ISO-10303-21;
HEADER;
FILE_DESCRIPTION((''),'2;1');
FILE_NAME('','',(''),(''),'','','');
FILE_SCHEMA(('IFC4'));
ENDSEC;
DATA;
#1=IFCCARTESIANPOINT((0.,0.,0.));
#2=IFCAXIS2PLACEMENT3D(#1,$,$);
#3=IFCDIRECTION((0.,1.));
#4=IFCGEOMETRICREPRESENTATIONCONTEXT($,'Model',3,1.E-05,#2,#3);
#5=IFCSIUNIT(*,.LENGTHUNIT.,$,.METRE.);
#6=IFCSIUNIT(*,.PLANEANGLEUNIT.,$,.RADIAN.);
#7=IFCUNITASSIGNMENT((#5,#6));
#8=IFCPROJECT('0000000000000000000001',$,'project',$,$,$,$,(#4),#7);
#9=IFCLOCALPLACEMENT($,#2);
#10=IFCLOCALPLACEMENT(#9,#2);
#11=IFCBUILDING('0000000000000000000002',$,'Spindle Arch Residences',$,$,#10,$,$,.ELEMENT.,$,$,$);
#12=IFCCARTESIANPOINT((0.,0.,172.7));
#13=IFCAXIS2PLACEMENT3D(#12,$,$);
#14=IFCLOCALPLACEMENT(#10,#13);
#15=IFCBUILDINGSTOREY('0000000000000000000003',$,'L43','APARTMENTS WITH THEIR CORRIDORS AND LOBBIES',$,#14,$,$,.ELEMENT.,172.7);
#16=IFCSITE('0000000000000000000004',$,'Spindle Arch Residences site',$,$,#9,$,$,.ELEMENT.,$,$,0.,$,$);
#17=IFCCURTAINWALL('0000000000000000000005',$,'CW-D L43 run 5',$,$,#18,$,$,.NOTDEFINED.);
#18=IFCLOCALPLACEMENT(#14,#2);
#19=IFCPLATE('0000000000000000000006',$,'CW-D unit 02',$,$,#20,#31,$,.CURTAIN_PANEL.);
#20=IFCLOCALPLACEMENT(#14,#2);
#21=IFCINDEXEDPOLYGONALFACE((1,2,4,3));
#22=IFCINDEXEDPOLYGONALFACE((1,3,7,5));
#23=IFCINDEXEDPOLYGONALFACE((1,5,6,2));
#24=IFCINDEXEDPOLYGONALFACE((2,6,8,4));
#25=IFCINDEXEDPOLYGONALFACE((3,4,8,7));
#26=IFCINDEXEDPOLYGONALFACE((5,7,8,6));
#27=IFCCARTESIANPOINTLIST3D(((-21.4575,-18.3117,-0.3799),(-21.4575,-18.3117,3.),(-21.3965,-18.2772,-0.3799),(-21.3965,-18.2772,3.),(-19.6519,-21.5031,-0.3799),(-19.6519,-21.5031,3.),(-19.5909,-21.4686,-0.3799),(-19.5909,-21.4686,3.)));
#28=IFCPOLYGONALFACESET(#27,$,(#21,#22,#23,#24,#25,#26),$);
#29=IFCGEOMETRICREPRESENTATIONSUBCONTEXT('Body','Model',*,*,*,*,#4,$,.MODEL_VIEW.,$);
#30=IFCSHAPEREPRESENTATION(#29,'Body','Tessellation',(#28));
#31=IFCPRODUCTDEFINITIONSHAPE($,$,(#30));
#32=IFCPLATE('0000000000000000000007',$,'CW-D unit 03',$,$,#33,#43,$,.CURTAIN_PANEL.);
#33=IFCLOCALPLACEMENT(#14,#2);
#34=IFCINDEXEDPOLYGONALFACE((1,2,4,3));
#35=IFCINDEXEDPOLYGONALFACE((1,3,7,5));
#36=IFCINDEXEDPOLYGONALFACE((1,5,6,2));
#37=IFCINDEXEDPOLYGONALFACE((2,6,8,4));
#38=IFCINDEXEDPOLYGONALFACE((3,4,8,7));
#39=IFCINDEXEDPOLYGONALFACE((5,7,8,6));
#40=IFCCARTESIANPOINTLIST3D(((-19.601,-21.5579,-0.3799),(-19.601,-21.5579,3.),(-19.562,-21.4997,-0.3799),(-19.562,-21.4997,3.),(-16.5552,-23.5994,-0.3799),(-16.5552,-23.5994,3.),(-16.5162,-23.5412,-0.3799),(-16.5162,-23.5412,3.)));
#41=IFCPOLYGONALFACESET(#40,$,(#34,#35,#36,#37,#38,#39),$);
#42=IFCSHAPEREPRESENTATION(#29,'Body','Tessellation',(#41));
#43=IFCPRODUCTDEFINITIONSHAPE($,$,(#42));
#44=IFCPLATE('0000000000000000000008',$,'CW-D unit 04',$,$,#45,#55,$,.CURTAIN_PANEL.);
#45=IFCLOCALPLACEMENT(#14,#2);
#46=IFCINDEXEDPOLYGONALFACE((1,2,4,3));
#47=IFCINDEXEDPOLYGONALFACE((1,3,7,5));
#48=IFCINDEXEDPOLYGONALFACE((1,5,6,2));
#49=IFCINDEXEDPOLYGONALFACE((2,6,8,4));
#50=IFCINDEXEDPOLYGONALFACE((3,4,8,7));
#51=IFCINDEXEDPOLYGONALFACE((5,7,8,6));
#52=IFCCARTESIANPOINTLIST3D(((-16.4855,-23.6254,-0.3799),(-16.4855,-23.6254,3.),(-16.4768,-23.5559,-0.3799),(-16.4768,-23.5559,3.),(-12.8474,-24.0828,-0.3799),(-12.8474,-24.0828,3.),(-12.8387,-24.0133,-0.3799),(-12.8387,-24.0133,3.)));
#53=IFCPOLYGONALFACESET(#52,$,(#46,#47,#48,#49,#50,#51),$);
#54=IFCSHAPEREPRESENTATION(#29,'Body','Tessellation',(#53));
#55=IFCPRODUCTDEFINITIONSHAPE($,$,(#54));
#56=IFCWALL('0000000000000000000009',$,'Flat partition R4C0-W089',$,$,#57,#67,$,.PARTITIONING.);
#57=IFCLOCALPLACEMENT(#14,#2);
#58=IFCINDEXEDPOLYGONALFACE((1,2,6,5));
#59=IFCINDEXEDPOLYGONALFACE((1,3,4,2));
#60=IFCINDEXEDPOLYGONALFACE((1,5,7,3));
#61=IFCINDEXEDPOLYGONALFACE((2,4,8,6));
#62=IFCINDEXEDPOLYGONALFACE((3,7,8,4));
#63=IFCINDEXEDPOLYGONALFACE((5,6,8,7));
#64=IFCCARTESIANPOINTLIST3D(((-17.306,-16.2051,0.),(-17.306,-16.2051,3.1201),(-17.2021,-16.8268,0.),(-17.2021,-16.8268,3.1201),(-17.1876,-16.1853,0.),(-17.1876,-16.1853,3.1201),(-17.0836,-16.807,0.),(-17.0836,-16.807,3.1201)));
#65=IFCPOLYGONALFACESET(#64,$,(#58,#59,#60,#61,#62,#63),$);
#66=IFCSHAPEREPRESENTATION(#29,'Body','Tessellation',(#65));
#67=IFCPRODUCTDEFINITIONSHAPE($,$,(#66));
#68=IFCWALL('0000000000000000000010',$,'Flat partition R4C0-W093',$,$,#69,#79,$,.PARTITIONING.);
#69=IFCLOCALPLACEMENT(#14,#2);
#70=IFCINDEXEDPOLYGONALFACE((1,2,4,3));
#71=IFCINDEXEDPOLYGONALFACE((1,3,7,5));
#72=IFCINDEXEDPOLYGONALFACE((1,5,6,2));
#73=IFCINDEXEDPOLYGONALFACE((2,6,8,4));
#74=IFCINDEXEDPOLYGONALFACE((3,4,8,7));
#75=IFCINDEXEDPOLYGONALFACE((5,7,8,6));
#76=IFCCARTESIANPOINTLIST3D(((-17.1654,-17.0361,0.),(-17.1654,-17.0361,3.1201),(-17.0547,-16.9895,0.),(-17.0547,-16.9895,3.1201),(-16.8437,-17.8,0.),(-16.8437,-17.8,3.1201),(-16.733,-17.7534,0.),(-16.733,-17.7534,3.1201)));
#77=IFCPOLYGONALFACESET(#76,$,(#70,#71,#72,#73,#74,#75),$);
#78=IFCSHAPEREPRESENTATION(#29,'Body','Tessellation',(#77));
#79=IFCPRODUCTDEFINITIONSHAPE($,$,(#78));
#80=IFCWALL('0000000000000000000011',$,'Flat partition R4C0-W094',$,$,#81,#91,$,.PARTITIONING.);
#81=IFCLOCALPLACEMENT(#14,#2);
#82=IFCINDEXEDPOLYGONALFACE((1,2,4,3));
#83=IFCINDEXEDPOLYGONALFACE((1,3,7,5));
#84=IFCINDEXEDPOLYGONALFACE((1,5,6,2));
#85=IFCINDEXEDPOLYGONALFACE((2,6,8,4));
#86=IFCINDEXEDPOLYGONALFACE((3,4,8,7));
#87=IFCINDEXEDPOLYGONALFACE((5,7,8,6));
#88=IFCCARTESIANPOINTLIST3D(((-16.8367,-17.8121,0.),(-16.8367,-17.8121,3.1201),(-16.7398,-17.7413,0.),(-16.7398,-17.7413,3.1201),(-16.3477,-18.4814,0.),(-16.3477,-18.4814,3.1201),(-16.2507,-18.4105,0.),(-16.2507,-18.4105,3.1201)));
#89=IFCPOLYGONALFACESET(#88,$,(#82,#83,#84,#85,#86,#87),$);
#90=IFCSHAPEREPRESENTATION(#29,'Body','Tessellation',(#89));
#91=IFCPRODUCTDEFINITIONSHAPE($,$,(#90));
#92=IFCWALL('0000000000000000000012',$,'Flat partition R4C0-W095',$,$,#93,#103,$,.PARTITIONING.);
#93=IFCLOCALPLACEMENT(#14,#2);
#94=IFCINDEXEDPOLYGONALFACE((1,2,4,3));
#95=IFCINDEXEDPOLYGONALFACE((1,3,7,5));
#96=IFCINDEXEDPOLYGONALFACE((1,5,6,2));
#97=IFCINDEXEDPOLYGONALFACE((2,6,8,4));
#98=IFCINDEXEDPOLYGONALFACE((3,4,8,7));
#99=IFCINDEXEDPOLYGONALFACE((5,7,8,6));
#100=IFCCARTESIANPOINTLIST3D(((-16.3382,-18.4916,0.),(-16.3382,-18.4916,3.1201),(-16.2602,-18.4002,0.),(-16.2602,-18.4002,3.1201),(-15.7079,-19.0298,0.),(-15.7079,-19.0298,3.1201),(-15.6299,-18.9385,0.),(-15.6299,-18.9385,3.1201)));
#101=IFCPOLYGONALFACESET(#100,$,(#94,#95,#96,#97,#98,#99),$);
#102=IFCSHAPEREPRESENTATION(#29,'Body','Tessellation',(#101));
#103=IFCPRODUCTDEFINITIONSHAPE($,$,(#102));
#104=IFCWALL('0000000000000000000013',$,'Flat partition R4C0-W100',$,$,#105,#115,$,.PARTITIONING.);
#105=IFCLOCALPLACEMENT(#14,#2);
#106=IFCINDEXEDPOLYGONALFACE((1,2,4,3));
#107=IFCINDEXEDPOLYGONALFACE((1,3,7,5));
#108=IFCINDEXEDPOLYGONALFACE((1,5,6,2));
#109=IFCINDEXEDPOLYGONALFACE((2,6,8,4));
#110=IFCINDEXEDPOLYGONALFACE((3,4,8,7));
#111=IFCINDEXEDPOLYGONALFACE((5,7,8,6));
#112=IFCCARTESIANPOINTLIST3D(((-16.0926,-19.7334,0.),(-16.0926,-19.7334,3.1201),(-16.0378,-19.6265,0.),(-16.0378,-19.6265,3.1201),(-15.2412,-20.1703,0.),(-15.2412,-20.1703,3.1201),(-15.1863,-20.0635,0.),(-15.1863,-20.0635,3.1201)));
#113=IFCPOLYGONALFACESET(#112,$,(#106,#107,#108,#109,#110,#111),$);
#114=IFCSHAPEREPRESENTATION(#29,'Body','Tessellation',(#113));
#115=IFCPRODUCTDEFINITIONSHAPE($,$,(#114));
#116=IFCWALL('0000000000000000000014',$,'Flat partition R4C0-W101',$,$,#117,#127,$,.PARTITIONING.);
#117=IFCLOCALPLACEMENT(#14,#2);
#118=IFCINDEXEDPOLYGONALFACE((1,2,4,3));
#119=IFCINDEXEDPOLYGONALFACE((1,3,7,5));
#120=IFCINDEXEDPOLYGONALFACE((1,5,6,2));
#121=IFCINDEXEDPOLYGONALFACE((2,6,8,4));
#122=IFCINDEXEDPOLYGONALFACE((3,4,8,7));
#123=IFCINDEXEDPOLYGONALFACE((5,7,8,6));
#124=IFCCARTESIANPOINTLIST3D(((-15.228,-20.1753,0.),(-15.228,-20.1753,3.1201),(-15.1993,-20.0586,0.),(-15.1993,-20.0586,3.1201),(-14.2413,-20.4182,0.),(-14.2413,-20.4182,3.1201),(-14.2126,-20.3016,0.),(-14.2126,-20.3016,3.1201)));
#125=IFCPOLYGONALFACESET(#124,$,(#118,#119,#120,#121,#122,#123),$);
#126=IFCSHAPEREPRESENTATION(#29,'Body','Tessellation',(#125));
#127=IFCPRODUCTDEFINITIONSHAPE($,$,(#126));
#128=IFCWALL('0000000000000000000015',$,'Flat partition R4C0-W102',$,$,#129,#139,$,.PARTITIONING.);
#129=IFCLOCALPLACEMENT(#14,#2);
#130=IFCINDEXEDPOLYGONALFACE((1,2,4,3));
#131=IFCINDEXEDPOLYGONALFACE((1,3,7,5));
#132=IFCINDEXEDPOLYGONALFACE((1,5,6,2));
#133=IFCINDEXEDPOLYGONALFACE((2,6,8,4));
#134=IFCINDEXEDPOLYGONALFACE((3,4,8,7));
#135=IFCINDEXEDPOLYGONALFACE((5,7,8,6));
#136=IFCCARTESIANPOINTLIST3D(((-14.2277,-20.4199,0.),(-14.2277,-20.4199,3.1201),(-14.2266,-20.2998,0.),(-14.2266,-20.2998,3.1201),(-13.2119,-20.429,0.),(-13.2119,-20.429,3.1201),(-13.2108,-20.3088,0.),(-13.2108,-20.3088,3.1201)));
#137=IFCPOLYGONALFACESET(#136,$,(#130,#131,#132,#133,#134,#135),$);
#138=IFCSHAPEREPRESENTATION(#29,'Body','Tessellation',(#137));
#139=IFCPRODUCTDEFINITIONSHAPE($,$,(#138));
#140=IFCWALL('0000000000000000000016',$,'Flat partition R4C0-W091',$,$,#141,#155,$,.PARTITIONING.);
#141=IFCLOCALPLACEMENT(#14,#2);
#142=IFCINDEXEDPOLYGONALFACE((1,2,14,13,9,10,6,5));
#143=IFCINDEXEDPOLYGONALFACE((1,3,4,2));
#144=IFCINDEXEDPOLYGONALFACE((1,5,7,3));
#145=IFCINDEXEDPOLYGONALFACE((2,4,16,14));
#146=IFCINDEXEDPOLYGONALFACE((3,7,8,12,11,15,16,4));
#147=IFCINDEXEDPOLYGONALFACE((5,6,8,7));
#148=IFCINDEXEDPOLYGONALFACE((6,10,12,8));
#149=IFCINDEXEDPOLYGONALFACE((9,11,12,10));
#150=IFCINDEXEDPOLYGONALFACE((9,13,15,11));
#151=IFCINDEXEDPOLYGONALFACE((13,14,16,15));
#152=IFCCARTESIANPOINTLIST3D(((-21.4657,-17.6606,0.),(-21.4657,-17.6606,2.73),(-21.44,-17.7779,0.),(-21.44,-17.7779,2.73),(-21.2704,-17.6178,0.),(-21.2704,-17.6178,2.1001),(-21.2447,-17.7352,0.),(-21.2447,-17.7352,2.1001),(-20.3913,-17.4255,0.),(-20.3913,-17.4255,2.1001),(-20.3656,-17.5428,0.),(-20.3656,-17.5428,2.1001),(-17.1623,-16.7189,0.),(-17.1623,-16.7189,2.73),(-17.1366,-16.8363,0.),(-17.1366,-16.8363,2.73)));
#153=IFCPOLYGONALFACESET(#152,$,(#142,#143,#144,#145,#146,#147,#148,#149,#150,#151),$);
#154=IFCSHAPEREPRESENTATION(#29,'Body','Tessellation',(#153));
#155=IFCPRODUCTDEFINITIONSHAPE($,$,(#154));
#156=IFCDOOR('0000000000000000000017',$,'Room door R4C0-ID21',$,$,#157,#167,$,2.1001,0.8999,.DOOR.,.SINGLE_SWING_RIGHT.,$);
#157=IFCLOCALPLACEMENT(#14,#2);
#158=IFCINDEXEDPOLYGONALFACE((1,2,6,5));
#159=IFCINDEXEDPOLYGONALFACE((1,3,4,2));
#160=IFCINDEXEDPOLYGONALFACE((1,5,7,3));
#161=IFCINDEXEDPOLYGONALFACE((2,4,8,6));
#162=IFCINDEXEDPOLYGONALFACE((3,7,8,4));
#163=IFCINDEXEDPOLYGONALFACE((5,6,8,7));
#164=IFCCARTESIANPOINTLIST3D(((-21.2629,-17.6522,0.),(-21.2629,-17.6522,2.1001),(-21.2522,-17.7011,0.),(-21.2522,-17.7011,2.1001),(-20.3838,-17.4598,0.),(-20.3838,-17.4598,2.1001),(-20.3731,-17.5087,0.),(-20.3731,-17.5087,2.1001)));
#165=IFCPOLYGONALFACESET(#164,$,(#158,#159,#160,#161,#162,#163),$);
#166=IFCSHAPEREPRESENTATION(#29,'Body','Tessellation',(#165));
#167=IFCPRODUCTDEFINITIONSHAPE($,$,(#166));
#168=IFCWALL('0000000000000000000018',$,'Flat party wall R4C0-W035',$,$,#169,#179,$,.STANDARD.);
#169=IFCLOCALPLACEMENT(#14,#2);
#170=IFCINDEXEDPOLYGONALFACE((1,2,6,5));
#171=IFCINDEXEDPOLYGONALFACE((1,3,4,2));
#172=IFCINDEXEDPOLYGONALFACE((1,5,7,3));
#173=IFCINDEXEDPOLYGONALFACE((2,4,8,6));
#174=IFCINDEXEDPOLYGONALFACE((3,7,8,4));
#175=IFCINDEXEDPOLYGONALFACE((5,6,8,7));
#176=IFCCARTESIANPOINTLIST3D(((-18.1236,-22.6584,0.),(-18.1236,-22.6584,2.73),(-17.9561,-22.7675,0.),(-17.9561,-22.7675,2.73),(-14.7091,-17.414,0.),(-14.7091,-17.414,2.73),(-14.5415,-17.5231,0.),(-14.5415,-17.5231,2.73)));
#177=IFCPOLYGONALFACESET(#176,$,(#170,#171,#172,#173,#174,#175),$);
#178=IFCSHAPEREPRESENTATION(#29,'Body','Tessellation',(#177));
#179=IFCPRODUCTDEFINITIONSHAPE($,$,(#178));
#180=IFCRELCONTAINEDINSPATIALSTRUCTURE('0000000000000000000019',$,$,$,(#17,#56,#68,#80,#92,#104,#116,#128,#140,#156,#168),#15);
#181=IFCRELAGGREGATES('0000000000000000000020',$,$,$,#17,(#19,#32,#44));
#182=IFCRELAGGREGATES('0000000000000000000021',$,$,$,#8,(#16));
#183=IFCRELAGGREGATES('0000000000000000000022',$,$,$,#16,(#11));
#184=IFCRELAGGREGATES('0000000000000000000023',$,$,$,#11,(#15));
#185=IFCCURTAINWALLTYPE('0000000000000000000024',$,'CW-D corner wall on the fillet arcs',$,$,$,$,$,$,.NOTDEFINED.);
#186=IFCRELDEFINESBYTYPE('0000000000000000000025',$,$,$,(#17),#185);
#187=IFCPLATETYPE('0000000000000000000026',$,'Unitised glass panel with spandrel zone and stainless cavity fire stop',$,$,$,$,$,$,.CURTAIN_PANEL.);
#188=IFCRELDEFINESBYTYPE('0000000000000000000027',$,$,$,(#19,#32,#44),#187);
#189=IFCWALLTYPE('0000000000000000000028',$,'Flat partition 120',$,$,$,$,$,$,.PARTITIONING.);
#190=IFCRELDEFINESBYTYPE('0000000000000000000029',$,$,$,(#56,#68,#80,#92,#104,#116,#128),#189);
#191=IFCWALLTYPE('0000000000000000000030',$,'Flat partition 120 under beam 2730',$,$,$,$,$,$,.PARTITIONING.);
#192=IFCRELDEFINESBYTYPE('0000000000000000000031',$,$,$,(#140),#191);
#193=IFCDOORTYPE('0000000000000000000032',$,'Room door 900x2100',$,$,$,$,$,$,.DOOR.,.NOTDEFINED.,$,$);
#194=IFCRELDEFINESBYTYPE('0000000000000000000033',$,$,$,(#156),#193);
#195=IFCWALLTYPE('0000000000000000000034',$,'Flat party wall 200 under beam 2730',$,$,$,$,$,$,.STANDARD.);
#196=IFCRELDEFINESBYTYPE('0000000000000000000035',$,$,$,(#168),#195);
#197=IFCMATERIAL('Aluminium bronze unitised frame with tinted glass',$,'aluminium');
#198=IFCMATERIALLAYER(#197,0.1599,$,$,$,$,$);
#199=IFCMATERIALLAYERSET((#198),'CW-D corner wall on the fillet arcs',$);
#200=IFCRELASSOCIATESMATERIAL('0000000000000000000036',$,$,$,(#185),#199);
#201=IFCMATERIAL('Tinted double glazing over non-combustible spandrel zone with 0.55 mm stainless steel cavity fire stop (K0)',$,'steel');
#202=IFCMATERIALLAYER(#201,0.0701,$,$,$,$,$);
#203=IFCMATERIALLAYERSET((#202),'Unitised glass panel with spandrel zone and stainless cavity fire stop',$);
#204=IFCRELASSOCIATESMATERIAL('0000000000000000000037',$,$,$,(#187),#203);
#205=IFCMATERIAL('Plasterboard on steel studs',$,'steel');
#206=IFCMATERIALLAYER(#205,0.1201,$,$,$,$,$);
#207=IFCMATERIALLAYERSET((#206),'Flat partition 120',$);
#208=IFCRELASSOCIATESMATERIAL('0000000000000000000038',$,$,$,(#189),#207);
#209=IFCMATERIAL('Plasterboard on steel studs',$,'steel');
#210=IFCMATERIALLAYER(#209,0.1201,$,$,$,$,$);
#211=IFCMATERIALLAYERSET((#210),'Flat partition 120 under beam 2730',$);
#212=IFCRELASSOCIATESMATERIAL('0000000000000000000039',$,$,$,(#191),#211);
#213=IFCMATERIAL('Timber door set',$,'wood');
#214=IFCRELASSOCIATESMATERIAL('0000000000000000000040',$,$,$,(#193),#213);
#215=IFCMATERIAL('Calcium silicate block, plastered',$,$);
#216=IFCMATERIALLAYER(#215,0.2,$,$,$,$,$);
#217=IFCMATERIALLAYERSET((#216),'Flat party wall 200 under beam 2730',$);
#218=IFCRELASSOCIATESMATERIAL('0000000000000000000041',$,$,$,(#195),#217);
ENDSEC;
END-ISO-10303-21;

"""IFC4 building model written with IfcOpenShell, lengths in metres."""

from ifc_helpers import new_model, si_unit, direction, frame, frame_2d, origin, origin_2d, place, context, subcontext, project, spatial, rectangle, extrude, material, layer, layer_set, type_object, element, fill, aggregate, save


model = new_model("IFC4")

# Units and contexts
model_context = context("Model", 3, precision=1e-05, world=origin(), true_north=direction((0.0, 1.0)))
body_context = subcontext(model_context, "Body", "Model", "MODEL_VIEW")
ifc_project = project(units=[si_unit("LENGTHUNIT", "METRE"), si_unit("PLANEANGLEUNIT", "RADIAN")], contexts=[model_context])

# Site, building, storey
site_placement = place(None, origin())
site = spatial("IfcSite", under=ifc_project, at=site_placement, Name="Spindle Arch Residences site", CompositionType="ELEMENT", RefElevation=0.0)
building_placement = place(site_placement, origin())
building = spatial("IfcBuilding", under=site, at=building_placement, Name="Spindle Arch Residences", CompositionType="ELEMENT")
storey_placement = place(building_placement, frame((0.0, 0.0, 172.7)))
storey = spatial("IfcBuildingStorey", under=building, at=storey_placement, Name="L43", Description="APARTMENTS WITH THEIR CORRIDORS AND LOBBIES", CompositionType="ELEMENT", Elevation=172.7)

# Curtain wall
ifc_material_1 = material(Name="Aluminium bronze unitised frame with tinted glass", Category="aluminium")
ifc_layer_1 = layer(ifc_material_1, 0.1599)
ifc_layer_set_1 = layer_set([ifc_layer_1], Name="CW-D corner wall on the fillet arcs")
curtain_wall_type = type_object("IfcCurtainWallType", Name="CW-D corner wall on the fillet arcs", PredefinedType="NOTDEFINED", material=ifc_layer_set_1)
curtain_wall_placement = place(storey_placement, origin())
curtain_wall = element("IfcCurtainWall", 1, at=curtain_wall_placement, inside=storey, type_object=curtain_wall_type, Name="CW-D L43 run 5", PredefinedType="NOTDEFINED")

# Plates
ifc_material_2 = material(Name="Tinted double glazing over non-combustible spandrel zone with 0.55 mm stainless steel cavity fire stop (K0)", Category="steel")
ifc_layer_2 = layer(ifc_material_2, 0.0701)
ifc_layer_set_2 = layer_set([ifc_layer_2], Name="Unitised glass panel with spandrel zone and stainless cavity fire stop")
plate_type = type_object("IfcPlateType", Name="Unitised glass panel with spandrel zone and stainless cavity fire stop", PredefinedType="CURTAIN_PANEL", material=ifc_layer_set_2)
plate_1_placement = place(storey_placement, frame((-20.5242, -19.8901, -0.3799), z_axis=(0.0, 0.0, 1.0), x_axis=(0.492424, -0.870356, 0.0)))
plate_1 = element("IfcPlate", 2, at=plate_1_placement, type_object=plate_type, Name="CW-D unit 02", PredefinedType="CURTAIN_PANEL", context=body_context, shape_type="SweptSolid", body=[
    extrude(rectangle(XDim=3.6667, YDim=0.0701, at=origin_2d()), origin(), (0.0, 0.0, 1.0), 3.3799),
])
plate_2_placement = place(storey_placement, frame((-18.0586, -22.5496, -0.3799), z_axis=(0.0, 0.0, 1.0), x_axis=(0.830661, -0.556779, 0.0)))
plate_2 = element("IfcPlate", 3, at=plate_2_placement, type_object=plate_type, Name="CW-D unit 03", PredefinedType="CURTAIN_PANEL", context=body_context, shape_type="SweptSolid", body=[
    extrude(rectangle(XDim=3.6667, YDim=0.0701, at=origin_2d()), origin(), (0.0, 0.0, 1.0), 3.3799),
])
plate_3_placement = place(storey_placement, frame((-14.6621, -23.8193, -0.3799), z_axis=(0.0, 0.0, 1.0), x_axis=(0.992187, -0.124756, 0.0)))
plate_3 = element("IfcPlate", 4, at=plate_3_placement, type_object=plate_type, Name="CW-D unit 04", PredefinedType="CURTAIN_PANEL", context=body_context, shape_type="SweptSolid", body=[
    extrude(rectangle(XDim=3.6667, YDim=0.0701, at=origin_2d()), origin(), (0.0, 0.0, 1.0), 3.3799),
])
aggregate(curtain_wall, [plate_1, plate_2, plate_3])

# Walls
ifc_material_3 = material(Name="Plasterboard on steel studs", Category="steel")
ifc_layer_3 = layer(ifc_material_3, 0.1201)
ifc_layer_set_3 = layer_set([ifc_layer_3], Name="Flat partition 120")
wall_type_1 = type_object("IfcWallType", Name="Flat partition 120", PredefinedType="PARTITIONING", material=ifc_layer_set_3)
wall_1_placement = place(storey_placement, frame((-17.1428, -16.8169, 0.0), z_axis=(0.0, 0.0, 1.0), x_axis=(-0.164964, 0.9863, 0.0)))
element("IfcWall", 5, at=wall_1_placement, inside=storey, type_object=wall_type_1, Name="Flat partition R4C0-W089", PredefinedType="PARTITIONING", context=body_context, shape_type="SweptSolid", body=[
    extrude(rectangle(XDim=0.6304, YDim=0.1201, at=frame_2d((0.3152, 0.0))), origin(), (0.0, 0.0, 1.0), 3.1201),
])
for number, where, z_axis, x_axis, name in (
    (6, (-17.1101, -17.0127, 0.0), (0.0, 0.0, 1.0), (0.388189, -0.92158, 0.0), "Flat partition R4C0-W093"),
    (7, (-16.7883, -17.7766, 0.0), (0.0, 0.0, 1.0), (0.590009, -0.807397, 0.0), "Flat partition R4C0-W094"),
    (8, (-16.2993, -18.4458, 0.0), (0.0, 0.0, 1.0), (0.76044, -0.649408, 0.0), "Flat partition R4C0-W095"),
):
    element("IfcWall", number, at=place(storey_placement, frame(where, z_axis=z_axis, x_axis=x_axis)), inside=storey, type_object=wall_type_1, Name=name, PredefinedType="PARTITIONING", context=body_context, shape_type="SweptSolid", body=[
        extrude(rectangle(XDim=0.8289, YDim=0.1201, at=frame_2d((0.4146, 0.0))), origin(), (0.0, 0.0, 1.0), 3.1201),
    ])
wall_2_placement = place(storey_placement, frame((-16.0652, -19.6799, 0.0), z_axis=(0.0, 0.0, 1.0), x_axis=(0.889685, -0.456576, 0.0)))
element("IfcWall", 9, at=wall_2_placement, inside=storey, type_object=wall_type_1, Name="Flat partition R4C0-W100", PredefinedType="PARTITIONING", context=body_context, shape_type="SweptSolid", body=[
    extrude(rectangle(XDim=0.957, YDim=0.1201, at=frame_2d((0.4785, 0.0))), origin(), (0.0, 0.0, 1.0), 3.1201),
])
wall_3_placement = place(storey_placement, frame((-15.2136, -20.1169, 0.0), z_axis=(0.0, 0.0, 1.0), x_axis=(0.970999, -0.239085, 0.0)))
element("IfcWall", 10, at=wall_3_placement, inside=storey, type_object=wall_type_1, Name="Flat partition R4C0-W101", PredefinedType="PARTITIONING", context=body_context, shape_type="SweptSolid", body=[
    extrude(rectangle(XDim=1.0161, YDim=0.1201, at=frame_2d((0.5081, 0.0))), origin(), (0.0, 0.0, 1.0), 3.1201),
])
wall_4_placement = place(storey_placement, frame((-14.2271, -20.3599, 0.0), z_axis=(0.0, 0.0, 1.0), x_axis=(0.99996, -0.008892, 0.0)))
element("IfcWall", 11, at=wall_4_placement, inside=storey, type_object=wall_type_1, Name="Flat partition R4C0-W102", PredefinedType="PARTITIONING", context=body_context, shape_type="SweptSolid", body=[
    extrude(rectangle(XDim=1.0159, YDim=0.1201, at=frame_2d((0.5078, 0.0))), origin(), (0.0, 0.0, 1.0), 3.1201),
])

# Wall, opening, door
ifc_material_4 = material(Name="Plasterboard on steel studs", Category="steel")
ifc_layer_4 = layer(ifc_material_4, 0.1201)
ifc_layer_set_4 = layer_set([ifc_layer_4], Name="Flat partition 120 under beam 2730")
wall_type_2 = type_object("IfcWallType", Name="Flat partition 120 under beam 2730", PredefinedType="PARTITIONING", material=ifc_layer_set_4)
wall_5_placement = place(storey_placement, frame((-21.4529, -17.7192, 0.0), z_axis=(0.0, 0.0, 1.0), x_axis=(0.976887, 0.213755, 0.0)))
wall_5 = element("IfcWall", 12, at=wall_5_placement, inside=storey, type_object=wall_type_2, Name="Flat partition R4C0-W091", PredefinedType="PARTITIONING", context=body_context, shape_type="SweptSolid", body=[
    extrude(rectangle(XDim=4.4053, YDim=0.1201, at=frame_2d((2.2026, 0.0))), origin(), (0.0, 0.0, 1.0), 2.73),
])
opening_placement = place(wall_5_placement, frame((0.2, 0.0, 0.0)))
opening = element("IfcOpeningElement", 13, at=opening_placement, cuts=wall_5, PredefinedType="OPENING", context=body_context, shape_type="SweptSolid", body=[
    extrude(rectangle(XDim=0.8999, YDim=2.1001, at=frame_2d((0.45, 1.05))), frame((0.0, 0.0701, 0.0), z_axis=(0.0, -1.0, 0.0), x_axis=(1.0, 0.0, 0.0)), (0.0, 0.0, 1.0), 0.1401),
])
ifc_material_5 = material(Name="Timber door set", Category="wood")
door_type = type_object("IfcDoorType", Name="Room door 900x2100", OperationType="NOTDEFINED", PredefinedType="DOOR", material=ifc_material_5)
door_placement = place(opening_placement, origin())
door = element("IfcDoor", 14, at=door_placement, inside=storey, type_object=door_type, Name="Room door R4C0-ID21", OperationType="SINGLE_SWING_RIGHT", OverallHeight=2.1001, OverallWidth=0.8999, PredefinedType="DOOR", context=body_context, shape_type="SweptSolid", body=[
    extrude(rectangle(XDim=0.8999, YDim=2.1001, at=frame_2d((0.45, 1.05))), frame((0.0, 0.0249, 0.0), z_axis=(0.0, -1.0, 0.0), x_axis=(1.0, 0.0, 0.0)), (0.0, 0.0, 1.0), 0.05),
])
fill(opening, door)

# Wall
ifc_material_6 = material(Name="Calcium silicate block, plastered")
ifc_layer_5 = layer(ifc_material_6, 0.2)
ifc_layer_set_5 = layer_set([ifc_layer_5], Name="Flat party wall 200 under beam 2730")
wall_type_3 = type_object("IfcWallType", Name="Flat party wall 200 under beam 2730", PredefinedType="STANDARD", material=ifc_layer_set_5)
wall_6_placement = place(storey_placement, frame((-18.0398, -22.7129, 0.0), z_axis=(0.0, 0.0, 1.0), x_axis=(0.545629, 0.838027, 0.0)))
element("IfcWall", 15, at=wall_6_placement, inside=storey, type_object=wall_type_3, Name="Flat party wall R4C0-W035", PredefinedType="STANDARD", context=body_context, shape_type="SweptSolid", body=[
    extrude(rectangle(XDim=6.2581, YDim=0.2, at=frame_2d((3.1289, 0.0))), origin(), (0.0, 0.0, 1.0), 2.73),
])

save(model, "model.ifc")
